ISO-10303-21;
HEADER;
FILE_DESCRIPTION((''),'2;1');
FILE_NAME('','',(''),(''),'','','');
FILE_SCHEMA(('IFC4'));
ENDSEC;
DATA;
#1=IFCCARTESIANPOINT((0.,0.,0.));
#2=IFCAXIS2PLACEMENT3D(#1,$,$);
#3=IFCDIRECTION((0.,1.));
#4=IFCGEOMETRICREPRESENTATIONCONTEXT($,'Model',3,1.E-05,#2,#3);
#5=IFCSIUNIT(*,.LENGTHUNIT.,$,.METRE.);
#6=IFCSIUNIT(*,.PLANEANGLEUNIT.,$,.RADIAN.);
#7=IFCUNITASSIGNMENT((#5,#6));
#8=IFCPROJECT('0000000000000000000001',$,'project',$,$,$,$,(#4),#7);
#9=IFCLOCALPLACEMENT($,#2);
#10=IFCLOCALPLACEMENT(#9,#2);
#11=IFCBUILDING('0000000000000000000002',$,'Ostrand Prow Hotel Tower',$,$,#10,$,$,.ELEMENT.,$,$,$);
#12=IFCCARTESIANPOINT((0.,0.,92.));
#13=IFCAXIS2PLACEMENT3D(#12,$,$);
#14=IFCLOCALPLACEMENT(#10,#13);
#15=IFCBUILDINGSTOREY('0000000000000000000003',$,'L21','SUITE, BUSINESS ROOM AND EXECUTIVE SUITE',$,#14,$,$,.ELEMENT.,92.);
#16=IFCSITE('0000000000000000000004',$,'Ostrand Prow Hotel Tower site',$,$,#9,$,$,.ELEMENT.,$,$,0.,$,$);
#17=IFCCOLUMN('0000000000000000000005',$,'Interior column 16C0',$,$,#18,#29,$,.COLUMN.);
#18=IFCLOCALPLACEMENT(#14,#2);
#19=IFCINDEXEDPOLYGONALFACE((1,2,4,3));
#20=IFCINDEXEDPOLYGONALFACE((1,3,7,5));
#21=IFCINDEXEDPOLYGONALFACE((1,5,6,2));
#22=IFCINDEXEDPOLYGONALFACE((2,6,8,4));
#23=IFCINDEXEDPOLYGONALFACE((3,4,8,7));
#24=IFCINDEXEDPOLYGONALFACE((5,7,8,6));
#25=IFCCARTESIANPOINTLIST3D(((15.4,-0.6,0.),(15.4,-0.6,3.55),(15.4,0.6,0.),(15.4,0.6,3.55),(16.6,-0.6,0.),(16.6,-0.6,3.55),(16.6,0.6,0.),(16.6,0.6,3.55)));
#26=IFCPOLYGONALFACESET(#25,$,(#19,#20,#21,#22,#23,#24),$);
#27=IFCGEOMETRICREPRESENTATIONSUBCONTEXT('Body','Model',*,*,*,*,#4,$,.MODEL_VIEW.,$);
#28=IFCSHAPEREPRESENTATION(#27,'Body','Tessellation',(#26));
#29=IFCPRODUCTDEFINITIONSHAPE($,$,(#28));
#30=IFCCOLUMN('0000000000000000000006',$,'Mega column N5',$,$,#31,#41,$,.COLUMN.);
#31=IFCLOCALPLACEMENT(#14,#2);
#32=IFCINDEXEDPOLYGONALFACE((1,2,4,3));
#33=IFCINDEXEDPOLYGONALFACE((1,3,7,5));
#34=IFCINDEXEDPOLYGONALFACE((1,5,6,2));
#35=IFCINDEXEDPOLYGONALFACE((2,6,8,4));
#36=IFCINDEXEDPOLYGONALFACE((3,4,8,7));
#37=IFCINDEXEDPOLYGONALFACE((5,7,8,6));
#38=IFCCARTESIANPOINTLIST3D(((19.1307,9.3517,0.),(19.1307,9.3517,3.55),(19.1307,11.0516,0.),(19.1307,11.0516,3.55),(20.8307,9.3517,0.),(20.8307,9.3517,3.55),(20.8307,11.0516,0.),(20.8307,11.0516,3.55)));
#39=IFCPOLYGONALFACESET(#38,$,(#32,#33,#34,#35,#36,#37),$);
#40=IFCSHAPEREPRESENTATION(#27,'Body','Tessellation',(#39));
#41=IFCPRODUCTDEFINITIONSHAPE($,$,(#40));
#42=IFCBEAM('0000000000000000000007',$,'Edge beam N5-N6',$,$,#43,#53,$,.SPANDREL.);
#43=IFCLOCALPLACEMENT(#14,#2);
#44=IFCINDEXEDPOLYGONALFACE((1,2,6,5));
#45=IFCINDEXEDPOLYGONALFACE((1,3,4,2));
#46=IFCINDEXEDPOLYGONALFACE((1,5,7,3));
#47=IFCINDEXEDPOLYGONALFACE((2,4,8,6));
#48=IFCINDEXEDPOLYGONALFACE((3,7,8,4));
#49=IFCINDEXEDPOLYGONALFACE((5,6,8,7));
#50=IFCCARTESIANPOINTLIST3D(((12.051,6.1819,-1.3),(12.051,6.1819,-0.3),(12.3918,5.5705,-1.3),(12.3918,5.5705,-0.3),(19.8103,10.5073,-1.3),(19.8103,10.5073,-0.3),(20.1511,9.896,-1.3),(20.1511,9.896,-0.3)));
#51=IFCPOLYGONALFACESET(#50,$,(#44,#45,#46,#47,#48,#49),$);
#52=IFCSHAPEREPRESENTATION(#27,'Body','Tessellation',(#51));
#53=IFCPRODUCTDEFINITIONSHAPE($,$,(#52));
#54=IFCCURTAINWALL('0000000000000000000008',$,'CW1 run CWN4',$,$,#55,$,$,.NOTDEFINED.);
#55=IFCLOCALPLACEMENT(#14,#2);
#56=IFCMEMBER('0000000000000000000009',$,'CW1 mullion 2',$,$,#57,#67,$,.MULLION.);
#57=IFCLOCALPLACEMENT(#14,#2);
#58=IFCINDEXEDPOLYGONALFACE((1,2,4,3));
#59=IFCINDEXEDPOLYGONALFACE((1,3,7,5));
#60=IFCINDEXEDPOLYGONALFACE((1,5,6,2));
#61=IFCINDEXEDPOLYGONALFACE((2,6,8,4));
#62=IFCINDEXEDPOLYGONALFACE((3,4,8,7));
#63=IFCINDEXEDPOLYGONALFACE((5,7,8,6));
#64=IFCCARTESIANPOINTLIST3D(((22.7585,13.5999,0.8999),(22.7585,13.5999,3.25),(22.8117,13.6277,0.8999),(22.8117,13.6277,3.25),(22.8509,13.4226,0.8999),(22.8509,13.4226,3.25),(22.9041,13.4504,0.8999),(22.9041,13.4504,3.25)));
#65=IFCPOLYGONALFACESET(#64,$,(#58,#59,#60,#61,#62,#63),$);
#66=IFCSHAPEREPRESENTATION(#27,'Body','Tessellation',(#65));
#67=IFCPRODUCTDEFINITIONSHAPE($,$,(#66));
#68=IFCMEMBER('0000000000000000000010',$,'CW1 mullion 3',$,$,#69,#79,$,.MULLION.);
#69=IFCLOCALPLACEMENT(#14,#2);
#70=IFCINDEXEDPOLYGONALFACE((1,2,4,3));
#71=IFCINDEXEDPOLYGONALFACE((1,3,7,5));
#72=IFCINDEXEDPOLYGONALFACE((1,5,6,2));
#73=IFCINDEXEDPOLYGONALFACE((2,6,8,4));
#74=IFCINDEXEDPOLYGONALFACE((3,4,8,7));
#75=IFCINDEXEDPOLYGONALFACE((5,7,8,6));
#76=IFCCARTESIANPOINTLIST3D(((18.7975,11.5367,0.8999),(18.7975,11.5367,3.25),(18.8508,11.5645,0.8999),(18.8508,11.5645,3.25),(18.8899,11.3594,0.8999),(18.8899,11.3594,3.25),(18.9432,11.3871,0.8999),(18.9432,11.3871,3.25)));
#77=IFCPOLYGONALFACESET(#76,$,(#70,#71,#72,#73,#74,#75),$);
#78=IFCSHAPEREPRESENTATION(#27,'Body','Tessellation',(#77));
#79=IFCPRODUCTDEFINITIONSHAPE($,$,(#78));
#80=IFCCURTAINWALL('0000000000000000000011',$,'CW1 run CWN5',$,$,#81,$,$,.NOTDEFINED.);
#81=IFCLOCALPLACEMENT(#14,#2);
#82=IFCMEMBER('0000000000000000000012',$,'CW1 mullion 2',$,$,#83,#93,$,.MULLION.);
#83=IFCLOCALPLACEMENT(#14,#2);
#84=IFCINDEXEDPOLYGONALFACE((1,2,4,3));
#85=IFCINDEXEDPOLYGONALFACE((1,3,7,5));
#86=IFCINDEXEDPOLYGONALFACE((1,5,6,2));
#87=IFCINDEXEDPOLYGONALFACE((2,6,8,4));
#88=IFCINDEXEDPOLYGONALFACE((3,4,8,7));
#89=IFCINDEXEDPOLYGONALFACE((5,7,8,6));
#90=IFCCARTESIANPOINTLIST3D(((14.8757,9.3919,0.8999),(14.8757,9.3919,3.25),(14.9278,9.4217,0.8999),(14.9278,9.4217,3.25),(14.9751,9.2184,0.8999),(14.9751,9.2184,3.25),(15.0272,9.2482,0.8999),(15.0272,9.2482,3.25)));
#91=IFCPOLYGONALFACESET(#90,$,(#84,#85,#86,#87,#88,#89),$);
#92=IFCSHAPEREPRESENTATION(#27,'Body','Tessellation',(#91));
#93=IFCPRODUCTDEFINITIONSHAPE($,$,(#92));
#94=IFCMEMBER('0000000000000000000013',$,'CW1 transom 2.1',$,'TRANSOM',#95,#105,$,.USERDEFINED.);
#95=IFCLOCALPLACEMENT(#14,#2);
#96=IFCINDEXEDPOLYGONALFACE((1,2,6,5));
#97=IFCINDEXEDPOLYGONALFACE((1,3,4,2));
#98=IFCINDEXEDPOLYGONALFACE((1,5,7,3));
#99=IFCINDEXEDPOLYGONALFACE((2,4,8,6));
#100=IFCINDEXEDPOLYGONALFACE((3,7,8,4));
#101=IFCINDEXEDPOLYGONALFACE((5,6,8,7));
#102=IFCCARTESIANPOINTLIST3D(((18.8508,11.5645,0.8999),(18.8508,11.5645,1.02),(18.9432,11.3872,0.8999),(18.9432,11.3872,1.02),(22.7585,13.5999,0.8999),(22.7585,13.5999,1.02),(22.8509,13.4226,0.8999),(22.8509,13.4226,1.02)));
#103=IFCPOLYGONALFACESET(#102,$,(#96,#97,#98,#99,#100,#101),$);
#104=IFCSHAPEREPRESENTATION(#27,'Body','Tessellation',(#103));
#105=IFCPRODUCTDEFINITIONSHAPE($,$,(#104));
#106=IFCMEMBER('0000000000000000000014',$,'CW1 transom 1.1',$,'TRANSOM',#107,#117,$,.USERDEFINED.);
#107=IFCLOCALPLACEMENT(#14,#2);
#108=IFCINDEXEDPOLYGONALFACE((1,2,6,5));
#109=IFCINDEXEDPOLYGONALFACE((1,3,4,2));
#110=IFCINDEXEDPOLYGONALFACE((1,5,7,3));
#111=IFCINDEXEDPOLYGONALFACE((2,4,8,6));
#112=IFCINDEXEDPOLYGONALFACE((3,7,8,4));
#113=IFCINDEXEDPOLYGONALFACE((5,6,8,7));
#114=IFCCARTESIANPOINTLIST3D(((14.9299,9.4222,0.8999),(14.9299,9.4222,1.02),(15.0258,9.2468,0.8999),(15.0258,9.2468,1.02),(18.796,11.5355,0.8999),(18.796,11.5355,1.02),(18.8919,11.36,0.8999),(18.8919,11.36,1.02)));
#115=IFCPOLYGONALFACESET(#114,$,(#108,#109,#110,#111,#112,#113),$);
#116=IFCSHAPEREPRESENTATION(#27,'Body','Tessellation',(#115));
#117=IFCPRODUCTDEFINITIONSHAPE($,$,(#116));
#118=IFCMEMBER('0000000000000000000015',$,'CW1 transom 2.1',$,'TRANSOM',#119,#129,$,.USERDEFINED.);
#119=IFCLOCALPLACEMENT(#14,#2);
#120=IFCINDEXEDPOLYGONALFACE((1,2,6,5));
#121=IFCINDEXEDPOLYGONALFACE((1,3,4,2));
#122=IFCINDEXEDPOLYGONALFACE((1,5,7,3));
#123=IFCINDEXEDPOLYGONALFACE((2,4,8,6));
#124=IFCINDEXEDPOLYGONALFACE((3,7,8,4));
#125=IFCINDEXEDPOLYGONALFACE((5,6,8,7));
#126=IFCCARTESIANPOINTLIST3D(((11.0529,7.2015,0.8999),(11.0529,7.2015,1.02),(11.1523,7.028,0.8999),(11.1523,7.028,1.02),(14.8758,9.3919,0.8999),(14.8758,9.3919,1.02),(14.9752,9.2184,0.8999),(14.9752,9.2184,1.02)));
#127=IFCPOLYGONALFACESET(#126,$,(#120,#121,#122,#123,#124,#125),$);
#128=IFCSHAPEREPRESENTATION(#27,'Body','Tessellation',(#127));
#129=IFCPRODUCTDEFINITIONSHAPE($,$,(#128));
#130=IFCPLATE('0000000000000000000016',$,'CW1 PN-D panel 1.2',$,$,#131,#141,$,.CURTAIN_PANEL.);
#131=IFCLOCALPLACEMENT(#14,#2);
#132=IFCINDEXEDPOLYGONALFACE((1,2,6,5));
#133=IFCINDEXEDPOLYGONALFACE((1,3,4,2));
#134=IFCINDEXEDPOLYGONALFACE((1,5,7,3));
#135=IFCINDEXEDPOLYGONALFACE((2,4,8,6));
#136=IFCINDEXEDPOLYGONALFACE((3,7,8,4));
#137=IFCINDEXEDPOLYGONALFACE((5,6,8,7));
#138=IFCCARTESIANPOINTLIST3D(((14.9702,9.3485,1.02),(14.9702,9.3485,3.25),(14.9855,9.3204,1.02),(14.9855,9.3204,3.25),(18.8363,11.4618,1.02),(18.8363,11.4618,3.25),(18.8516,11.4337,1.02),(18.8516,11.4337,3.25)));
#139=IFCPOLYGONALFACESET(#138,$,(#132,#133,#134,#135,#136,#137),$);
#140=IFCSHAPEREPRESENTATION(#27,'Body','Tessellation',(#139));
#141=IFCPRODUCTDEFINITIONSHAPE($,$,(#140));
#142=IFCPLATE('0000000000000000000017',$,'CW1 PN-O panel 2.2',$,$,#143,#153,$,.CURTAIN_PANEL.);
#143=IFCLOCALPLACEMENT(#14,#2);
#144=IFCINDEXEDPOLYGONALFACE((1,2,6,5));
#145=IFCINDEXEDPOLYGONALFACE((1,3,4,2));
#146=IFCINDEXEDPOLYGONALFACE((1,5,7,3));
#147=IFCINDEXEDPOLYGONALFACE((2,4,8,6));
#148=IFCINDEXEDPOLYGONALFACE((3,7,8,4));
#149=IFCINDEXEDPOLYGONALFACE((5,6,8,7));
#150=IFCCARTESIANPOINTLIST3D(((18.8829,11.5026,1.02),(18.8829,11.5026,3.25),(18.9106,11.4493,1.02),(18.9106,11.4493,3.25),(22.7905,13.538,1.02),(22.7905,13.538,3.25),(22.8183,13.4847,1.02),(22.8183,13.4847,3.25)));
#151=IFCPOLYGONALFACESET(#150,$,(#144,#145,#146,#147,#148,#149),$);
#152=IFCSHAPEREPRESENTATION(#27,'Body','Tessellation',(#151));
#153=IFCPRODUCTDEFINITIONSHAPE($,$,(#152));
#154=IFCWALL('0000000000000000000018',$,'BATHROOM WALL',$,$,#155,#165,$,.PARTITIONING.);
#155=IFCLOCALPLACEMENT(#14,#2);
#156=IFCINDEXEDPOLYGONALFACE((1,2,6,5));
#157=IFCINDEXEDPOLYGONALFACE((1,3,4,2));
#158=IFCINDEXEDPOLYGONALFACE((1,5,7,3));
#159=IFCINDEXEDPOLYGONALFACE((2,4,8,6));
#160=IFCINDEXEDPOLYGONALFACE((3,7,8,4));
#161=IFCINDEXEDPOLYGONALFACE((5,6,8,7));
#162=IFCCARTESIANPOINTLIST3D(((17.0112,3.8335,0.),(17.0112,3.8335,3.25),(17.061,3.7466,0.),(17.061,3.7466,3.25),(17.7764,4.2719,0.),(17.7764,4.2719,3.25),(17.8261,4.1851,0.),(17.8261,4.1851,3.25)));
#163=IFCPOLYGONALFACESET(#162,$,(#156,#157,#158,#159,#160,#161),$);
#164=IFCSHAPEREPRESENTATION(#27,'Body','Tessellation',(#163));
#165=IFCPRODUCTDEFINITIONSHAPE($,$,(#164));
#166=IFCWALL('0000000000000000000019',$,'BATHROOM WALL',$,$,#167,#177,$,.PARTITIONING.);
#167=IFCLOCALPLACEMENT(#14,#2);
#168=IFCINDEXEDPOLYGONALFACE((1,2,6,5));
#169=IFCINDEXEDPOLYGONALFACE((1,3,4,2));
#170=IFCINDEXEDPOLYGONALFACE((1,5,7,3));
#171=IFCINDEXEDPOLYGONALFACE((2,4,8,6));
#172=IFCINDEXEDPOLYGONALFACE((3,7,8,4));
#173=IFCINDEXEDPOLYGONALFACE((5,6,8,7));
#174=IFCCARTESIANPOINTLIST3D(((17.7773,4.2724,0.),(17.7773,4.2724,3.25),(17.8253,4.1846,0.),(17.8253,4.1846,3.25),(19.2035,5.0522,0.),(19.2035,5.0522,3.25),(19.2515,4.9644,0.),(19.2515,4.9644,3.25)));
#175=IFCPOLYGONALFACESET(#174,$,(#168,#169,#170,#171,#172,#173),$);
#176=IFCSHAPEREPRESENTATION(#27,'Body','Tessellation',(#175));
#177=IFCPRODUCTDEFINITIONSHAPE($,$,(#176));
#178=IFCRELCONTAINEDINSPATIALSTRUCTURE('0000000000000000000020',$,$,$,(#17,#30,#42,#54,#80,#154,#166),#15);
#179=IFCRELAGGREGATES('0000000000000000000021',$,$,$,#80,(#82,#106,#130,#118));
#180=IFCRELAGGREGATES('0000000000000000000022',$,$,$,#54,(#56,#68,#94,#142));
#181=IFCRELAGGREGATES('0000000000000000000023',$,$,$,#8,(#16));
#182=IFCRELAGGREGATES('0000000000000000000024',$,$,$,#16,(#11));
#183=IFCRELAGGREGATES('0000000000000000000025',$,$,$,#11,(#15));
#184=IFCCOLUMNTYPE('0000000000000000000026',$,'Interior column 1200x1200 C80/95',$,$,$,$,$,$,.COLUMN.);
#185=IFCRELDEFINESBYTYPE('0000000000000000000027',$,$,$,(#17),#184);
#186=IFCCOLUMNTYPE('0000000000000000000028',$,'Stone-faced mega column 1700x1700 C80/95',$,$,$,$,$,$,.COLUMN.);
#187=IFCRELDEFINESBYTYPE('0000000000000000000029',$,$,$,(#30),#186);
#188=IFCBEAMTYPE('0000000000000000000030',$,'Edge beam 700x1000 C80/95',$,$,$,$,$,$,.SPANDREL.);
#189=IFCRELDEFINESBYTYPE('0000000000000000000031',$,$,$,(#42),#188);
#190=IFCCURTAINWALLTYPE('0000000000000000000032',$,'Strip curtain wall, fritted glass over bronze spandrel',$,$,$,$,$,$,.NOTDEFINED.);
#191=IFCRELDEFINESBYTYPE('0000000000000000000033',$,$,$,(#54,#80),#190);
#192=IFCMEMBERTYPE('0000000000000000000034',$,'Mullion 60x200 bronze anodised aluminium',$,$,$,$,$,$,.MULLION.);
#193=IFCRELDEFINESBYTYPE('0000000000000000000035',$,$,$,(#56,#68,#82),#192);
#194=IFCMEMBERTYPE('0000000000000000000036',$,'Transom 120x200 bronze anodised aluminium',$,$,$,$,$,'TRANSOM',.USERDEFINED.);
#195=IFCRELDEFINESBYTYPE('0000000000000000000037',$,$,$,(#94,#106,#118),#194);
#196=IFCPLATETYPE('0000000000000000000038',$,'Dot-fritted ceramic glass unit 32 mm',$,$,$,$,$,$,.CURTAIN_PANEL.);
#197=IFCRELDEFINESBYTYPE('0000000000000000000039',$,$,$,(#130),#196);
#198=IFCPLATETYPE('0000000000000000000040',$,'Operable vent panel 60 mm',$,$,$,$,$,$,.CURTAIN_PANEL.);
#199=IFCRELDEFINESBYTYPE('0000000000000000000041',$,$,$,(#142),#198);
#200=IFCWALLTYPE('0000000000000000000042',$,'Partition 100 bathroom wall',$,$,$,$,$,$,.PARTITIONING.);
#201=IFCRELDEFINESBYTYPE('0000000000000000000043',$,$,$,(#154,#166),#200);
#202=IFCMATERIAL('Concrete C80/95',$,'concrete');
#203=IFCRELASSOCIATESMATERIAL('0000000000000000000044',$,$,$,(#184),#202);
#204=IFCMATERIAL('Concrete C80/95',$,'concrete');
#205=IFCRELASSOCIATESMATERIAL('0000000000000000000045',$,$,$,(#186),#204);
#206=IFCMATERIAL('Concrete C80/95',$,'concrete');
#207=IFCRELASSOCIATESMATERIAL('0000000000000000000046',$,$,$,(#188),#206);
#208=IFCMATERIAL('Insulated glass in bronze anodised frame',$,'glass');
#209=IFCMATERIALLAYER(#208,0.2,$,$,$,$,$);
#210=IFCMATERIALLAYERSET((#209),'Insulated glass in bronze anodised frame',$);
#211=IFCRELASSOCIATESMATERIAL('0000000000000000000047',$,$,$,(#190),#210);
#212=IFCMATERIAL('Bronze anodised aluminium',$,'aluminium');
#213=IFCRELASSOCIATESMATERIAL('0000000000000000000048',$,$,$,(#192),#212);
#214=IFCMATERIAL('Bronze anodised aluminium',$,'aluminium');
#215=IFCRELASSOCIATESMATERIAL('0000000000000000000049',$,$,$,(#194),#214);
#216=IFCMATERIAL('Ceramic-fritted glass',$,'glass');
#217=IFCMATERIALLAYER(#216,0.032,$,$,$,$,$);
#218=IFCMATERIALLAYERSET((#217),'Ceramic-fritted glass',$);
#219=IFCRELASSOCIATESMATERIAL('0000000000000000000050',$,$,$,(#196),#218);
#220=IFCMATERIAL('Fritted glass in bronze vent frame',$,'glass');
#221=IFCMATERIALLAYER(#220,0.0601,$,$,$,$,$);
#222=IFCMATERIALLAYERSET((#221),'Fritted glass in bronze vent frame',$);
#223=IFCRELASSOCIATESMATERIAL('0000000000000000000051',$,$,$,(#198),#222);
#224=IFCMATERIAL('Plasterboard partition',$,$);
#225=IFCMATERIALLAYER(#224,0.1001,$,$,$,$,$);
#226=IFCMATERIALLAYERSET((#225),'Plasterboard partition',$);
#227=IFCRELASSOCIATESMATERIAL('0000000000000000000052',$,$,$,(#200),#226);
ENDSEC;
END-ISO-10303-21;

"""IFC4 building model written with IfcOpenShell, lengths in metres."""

from ifc_helpers import new_model, si_unit, direction, frame, frame_2d, origin, origin_2d, place, context, subcontext, project, spatial, rectangle, extrude, material, layer, layer_set, material_profile, profile_set, type_object, element, aggregate, save


model = new_model("IFC4")

# Units and contexts
model_context = context("Model", 3, precision=1e-05, world=origin(), true_north=direction((0.0, 1.0)))
body_context = subcontext(model_context, "Body", "Model", "MODEL_VIEW")
ifc_project = project(units=[si_unit("LENGTHUNIT", "METRE"), si_unit("PLANEANGLEUNIT", "RADIAN")], contexts=[model_context])

# Site, building, storey
site_placement = place(None, origin())
site = spatial("IfcSite", under=ifc_project, at=site_placement, Name="Ostrand Prow Hotel Tower site", CompositionType="ELEMENT", RefElevation=0.0)
building_placement = place(site_placement, origin())
building = spatial("IfcBuilding", under=site, at=building_placement, Name="Ostrand Prow Hotel Tower", CompositionType="ELEMENT")
storey_placement = place(building_placement, frame((0.0, 0.0, 92.0)))
storey = spatial("IfcBuildingStorey", under=building, at=storey_placement, Name="L21", Description="SUITE, BUSINESS ROOM AND EXECUTIVE SUITE", CompositionType="ELEMENT", Elevation=92.0)

# Columns
ifc_material_1 = material(Name="Concrete C80/95", Category="concrete")
ifc_material_profile_1 = material_profile(ifc_material_1, rectangle(XDim=1.2, YDim=1.2, at=origin_2d()), Name="RC 1200x1200")
ifc_profile_set_1 = profile_set([ifc_material_profile_1], Name="Concrete C80/95")
column_type_1 = type_object("IfcColumnType", Name="Interior column 1200x1200 C80/95", PredefinedType="COLUMN", material=ifc_profile_set_1)
column_1_placement = place(storey_placement, frame((16.0, 0.0, 0.0), z_axis=(0.0, 0.0, 1.0), x_axis=(1.0, 0.0, 0.0)))
element("IfcColumn", 1, at=column_1_placement, inside=storey, type_object=column_type_1, Name="Interior column 16C0", PredefinedType="COLUMN", context=body_context, shape_type="SweptSolid", body=[
    extrude(rectangle(XDim=1.2, YDim=1.2, at=origin_2d()), origin(), (0.0, 0.0, 1.0), 3.55),
])
ifc_material_2 = material(Name="Concrete C80/95", Category="concrete")
ifc_material_profile_2 = material_profile(ifc_material_2, rectangle(XDim=1.7, YDim=1.7, at=origin_2d()), Name="RC 1700x1700")
ifc_profile_set_2 = profile_set([ifc_material_profile_2], Name="Concrete C80/95")
column_type_2 = type_object("IfcColumnType", Name="Stone-faced mega column 1700x1700 C80/95", PredefinedType="COLUMN", material=ifc_profile_set_2)
column_2_placement = place(storey_placement, frame((19.9807, 10.2017, 0.0), z_axis=(0.0, 0.0, 1.0), x_axis=(1.0, 0.0, 0.0)))
element("IfcColumn", 2, at=column_2_placement, inside=storey, type_object=column_type_2, Name="Mega column N5", PredefinedType="COLUMN", context=body_context, shape_type="SweptSolid", body=[
    extrude(rectangle(XDim=1.7, YDim=1.7, at=origin_2d()), origin(), (0.0, 0.0, 1.0), 3.55),
])

# Beam
ifc_material_3 = material(Name="Concrete C80/95", Category="concrete")
ifc_material_profile_3 = material_profile(ifc_material_3, rectangle(XDim=0.7, YDim=1.0, at=origin_2d()), Name="RC 700x1000")
ifc_profile_set_3 = profile_set([ifc_material_profile_3], Name="Concrete C80/95")
beam_type = type_object("IfcBeamType", Name="Edge beam 700x1000 C80/95", PredefinedType="SPANDREL", material=ifc_profile_set_3)
beam_placement = place(storey_placement, frame((19.9807, 10.2017, -0.8), z_axis=(-0.873452, -0.486909, 0.0), x_axis=(0.486909, -0.873452, 0.0)))
element("IfcBeam", 3, at=beam_placement, inside=storey, type_object=beam_type, Name="Edge beam N5-N6", PredefinedType="SPANDREL", context=body_context, shape_type="SweptSolid", body=[
    extrude(rectangle(XDim=0.7, YDim=1.0, at=origin_2d()), origin(), (0.0, 0.0, 1.0), 8.8835),
])

# Curtain wall, members
ifc_material_4 = material(Name="Insulated glass in bronze anodised frame", Category="glass")
ifc_layer_1 = layer(ifc_material_4, 0.2)
ifc_layer_set_1 = layer_set([ifc_layer_1], Name="Insulated glass in bronze anodised frame")
curtain_wall_type = type_object("IfcCurtainWallType", Name="Strip curtain wall, fritted glass over bronze spandrel", PredefinedType="NOTDEFINED", material=ifc_layer_set_1)
curtain_wall_1_placement = place(storey_placement, origin())
curtain_wall_1 = element("IfcCurtainWall", 4, at=curtain_wall_1_placement, inside=storey, type_object=curtain_wall_type, Name="CW1 run CWN4", PredefinedType="NOTDEFINED")
ifc_material_5 = material(Name="Bronze anodised aluminium", Category="aluminium")
ifc_material_profile_4 = material_profile(ifc_material_5, rectangle(XDim=0.2, YDim=0.0601, at=origin_2d()), Name="Mullion 60x200 bronze anodised aluminium")
ifc_profile_set_4 = profile_set([ifc_material_profile_4], Name="Bronze anodised aluminium")
member_type_1 = type_object("IfcMemberType", Name="Mullion 60x200 bronze anodised aluminium", PredefinedType="MULLION", material=ifc_profile_set_4)
member_1_placement = place(storey_placement, frame((22.8313, 13.5251, 0.8999), z_axis=(0.0, 0.0, 1.0), x_axis=(0.461968, -0.886896, 0.0)))
member_1 = element("IfcMember", 5, at=member_1_placement, type_object=member_type_1, Name="CW1 mullion 2", PredefinedType="MULLION", context=body_context, shape_type="SweptSolid", body=[
    extrude(rectangle(XDim=0.2, YDim=0.0601, at=origin_2d()), origin(), (0.0, 0.0, 1.0), 2.3501),
])
member_2_placement = place(storey_placement, frame((18.8704, 11.4619, 0.8999), z_axis=(0.0, 0.0, 1.0), x_axis=(0.461968, -0.886896, 0.0)))
member_2 = element("IfcMember", 6, at=member_2_placement, type_object=member_type_1, Name="CW1 mullion 3", PredefinedType="MULLION", context=body_context, shape_type="SweptSolid", body=[
    extrude(rectangle(XDim=0.2, YDim=0.0601, at=origin_2d()), origin(), (0.0, 0.0, 1.0), 2.3501),
])

# Curtain wall, member
curtain_wall_2_placement = place(storey_placement, origin())
curtain_wall_2 = element("IfcCurtainWall", 7, at=curtain_wall_2_placement, inside=storey, type_object=curtain_wall_type, Name="CW1 run CWN5", PredefinedType="NOTDEFINED")
member_3_placement = place(storey_placement, frame((14.9514, 9.3201, 0.8999), z_axis=(0.0, 0.0, 1.0), x_axis=(0.497115, -0.867685, 0.0)))
member_3 = element("IfcMember", 8, at=member_3_placement, type_object=member_type_1, Name="CW1 mullion 2", PredefinedType="MULLION", context=body_context, shape_type="SweptSolid", body=[
    extrude(rectangle(XDim=0.2, YDim=0.0601, at=origin_2d()), origin(), (0.0, 0.0, 1.0), 2.3501),
])

# Members
ifc_material_6 = material(Name="Bronze anodised aluminium", Category="aluminium")
ifc_material_profile_5 = material_profile(ifc_material_6, rectangle(XDim=0.2, YDim=0.1201, at=origin_2d()), Name="Transom 120x200 bronze anodised aluminium")
ifc_profile_set_5 = profile_set([ifc_material_profile_5], Name="Bronze anodised aluminium")
member_type_2 = type_object("IfcMemberType", Name="Transom 120x200 bronze anodised aluminium", ElementType="TRANSOM", PredefinedType="USERDEFINED", material=ifc_profile_set_5)
member_4_placement = place(storey_placement, frame((22.8047, 13.5112, 0.96), z_axis=(-0.886902, -0.461958, 0.0), x_axis=(0.461958, -0.886902, 0.0)))
member_4 = element("IfcMember", 9, at=member_4_placement, type_object=member_type_2, Name="CW1 transom 2.1", ObjectType="TRANSOM", PredefinedType="USERDEFINED", context=body_context, shape_type="SweptSolid", body=[
    extrude(rectangle(XDim=0.2, YDim=0.1201, at=origin_2d()), origin(), (0.0, 0.0, 1.0), 4.406),
])
member_5_placement = place(storey_placement, frame((18.844, 11.4478, 0.96), z_axis=(-0.877472, -0.479628, 0.0), x_axis=(0.479628, -0.877472, 0.0)))
member_5 = element("IfcMember", 10, at=member_5_placement, type_object=member_type_2, Name="CW1 transom 1.1", ObjectType="TRANSOM", PredefinedType="USERDEFINED", context=body_context, shape_type="SweptSolid", body=[
    extrude(rectangle(XDim=0.2, YDim=0.1201, at=origin_2d()), origin(), (0.0, 0.0, 1.0), 4.406),
])
member_6_placement = place(storey_placement, frame((14.9255, 9.3052, 0.96), z_axis=(-0.86767, -0.497141, 0.0), x_axis=(0.497141, -0.86767, 0.0)))
member_6 = element("IfcMember", 11, at=member_6_placement, type_object=member_type_2, Name="CW1 transom 2.1", ObjectType="TRANSOM", PredefinedType="USERDEFINED", context=body_context, shape_type="SweptSolid", body=[
    extrude(rectangle(XDim=0.2, YDim=0.1201, at=origin_2d()), origin(), (0.0, 0.0, 1.0), 4.406),
])

# Plates
ifc_material_7 = material(Name="Ceramic-fritted glass", Category="glass")
ifc_layer_2 = layer(ifc_material_7, 0.032)
ifc_layer_set_2 = layer_set([ifc_layer_2], Name="Ceramic-fritted glass")
plate_type_1 = type_object("IfcPlateType", Name="Dot-fritted ceramic glass unit 32 mm", PredefinedType="CURTAIN_PANEL", material=ifc_layer_set_2)
plate_1_placement = place(storey_placement, frame((16.9109, 10.3911, 1.02), z_axis=(0.0, 0.0, 1.0), x_axis=(-0.877467, -0.479637, 0.0)))
plate_1 = element("IfcPlate", 12, at=plate_1_placement, type_object=plate_type_1, Name="CW1 PN-D panel 1.2", PredefinedType="CURTAIN_PANEL", context=body_context, shape_type="SweptSolid", body=[
    extrude(rectangle(XDim=4.406, YDim=0.032, at=origin_2d()), origin(), (0.0, 0.0, 1.0), 2.23),
])
aggregate(curtain_wall_2, [member_3, member_5, plate_1, member_6])
ifc_material_8 = material(Name="Fritted glass in bronze vent frame", Category="glass")
ifc_layer_3 = layer(ifc_material_8, 0.0601)
ifc_layer_set_3 = layer_set([ifc_layer_3], Name="Fritted glass in bronze vent frame")
plate_type_2 = type_object("IfcPlateType", Name="Operable vent panel 60 mm", PredefinedType="CURTAIN_PANEL", material=ifc_layer_set_3)
plate_2_placement = place(storey_placement, frame((20.8506, 12.4937, 1.02), z_axis=(0.0, 0.0, 1.0), x_axis=(-0.886896, -0.461968, 0.0)))
plate_2 = element("IfcPlate", 13, at=plate_2_placement, type_object=plate_type_2, Name="CW1 PN-O panel 2.2", PredefinedType="CURTAIN_PANEL", context=body_context, shape_type="SweptSolid", body=[
    extrude(rectangle(XDim=4.406, YDim=0.0601, at=origin_2d()), origin(), (0.0, 0.0, 1.0), 2.23),
])
aggregate(curtain_wall_1, [member_1, member_2, member_4, plate_2])

# Walls
ifc_material_9 = material(Name="Plasterboard partition")
ifc_layer_4 = layer(ifc_material_9, 0.1001)
ifc_layer_set_4 = layer_set([ifc_layer_4], Name="Plasterboard partition")
wall_type_1 = type_object("IfcWallType", Name="Partition 100 bathroom wall", PredefinedType="PARTITIONING", material=ifc_layer_set_4)
wall_1_placement = place(storey_placement, frame((17.0361, 3.79, 0.0), z_axis=(0.0, 0.0, 1.0), x_axis=(0.867629, 0.497212, 0.0)))
element("IfcWall", 14, at=wall_1_placement, inside=storey, type_object=wall_type_1, Name="BATHROOM WALL", PredefinedType="PARTITIONING", context=body_context, shape_type="SweptSolid", body=[
    extrude(rectangle(XDim=0.8818, YDim=0.1001, at=frame_2d((0.4409, 0.0))), origin(), (0.0, 0.0, 1.0), 3.25),
])
wall_2_placement = place(storey_placement, frame((17.8013, 4.2285, 0.0), z_axis=(0.0, 0.0, 1.0), x_axis=(0.877424, 0.479715, 0.0)))
element("IfcWall", 15, at=wall_2_placement, inside=storey, type_object=wall_type_1, Name="BATHROOM WALL", PredefinedType="PARTITIONING", context=body_context, shape_type="SweptSolid", body=[
    extrude(rectangle(XDim=1.6255, YDim=0.1001, at=frame_2d((0.8127, 0.0))), origin(), (0.0, 0.0, 1.0), 3.25),
])

save(model, "model.ifc")
